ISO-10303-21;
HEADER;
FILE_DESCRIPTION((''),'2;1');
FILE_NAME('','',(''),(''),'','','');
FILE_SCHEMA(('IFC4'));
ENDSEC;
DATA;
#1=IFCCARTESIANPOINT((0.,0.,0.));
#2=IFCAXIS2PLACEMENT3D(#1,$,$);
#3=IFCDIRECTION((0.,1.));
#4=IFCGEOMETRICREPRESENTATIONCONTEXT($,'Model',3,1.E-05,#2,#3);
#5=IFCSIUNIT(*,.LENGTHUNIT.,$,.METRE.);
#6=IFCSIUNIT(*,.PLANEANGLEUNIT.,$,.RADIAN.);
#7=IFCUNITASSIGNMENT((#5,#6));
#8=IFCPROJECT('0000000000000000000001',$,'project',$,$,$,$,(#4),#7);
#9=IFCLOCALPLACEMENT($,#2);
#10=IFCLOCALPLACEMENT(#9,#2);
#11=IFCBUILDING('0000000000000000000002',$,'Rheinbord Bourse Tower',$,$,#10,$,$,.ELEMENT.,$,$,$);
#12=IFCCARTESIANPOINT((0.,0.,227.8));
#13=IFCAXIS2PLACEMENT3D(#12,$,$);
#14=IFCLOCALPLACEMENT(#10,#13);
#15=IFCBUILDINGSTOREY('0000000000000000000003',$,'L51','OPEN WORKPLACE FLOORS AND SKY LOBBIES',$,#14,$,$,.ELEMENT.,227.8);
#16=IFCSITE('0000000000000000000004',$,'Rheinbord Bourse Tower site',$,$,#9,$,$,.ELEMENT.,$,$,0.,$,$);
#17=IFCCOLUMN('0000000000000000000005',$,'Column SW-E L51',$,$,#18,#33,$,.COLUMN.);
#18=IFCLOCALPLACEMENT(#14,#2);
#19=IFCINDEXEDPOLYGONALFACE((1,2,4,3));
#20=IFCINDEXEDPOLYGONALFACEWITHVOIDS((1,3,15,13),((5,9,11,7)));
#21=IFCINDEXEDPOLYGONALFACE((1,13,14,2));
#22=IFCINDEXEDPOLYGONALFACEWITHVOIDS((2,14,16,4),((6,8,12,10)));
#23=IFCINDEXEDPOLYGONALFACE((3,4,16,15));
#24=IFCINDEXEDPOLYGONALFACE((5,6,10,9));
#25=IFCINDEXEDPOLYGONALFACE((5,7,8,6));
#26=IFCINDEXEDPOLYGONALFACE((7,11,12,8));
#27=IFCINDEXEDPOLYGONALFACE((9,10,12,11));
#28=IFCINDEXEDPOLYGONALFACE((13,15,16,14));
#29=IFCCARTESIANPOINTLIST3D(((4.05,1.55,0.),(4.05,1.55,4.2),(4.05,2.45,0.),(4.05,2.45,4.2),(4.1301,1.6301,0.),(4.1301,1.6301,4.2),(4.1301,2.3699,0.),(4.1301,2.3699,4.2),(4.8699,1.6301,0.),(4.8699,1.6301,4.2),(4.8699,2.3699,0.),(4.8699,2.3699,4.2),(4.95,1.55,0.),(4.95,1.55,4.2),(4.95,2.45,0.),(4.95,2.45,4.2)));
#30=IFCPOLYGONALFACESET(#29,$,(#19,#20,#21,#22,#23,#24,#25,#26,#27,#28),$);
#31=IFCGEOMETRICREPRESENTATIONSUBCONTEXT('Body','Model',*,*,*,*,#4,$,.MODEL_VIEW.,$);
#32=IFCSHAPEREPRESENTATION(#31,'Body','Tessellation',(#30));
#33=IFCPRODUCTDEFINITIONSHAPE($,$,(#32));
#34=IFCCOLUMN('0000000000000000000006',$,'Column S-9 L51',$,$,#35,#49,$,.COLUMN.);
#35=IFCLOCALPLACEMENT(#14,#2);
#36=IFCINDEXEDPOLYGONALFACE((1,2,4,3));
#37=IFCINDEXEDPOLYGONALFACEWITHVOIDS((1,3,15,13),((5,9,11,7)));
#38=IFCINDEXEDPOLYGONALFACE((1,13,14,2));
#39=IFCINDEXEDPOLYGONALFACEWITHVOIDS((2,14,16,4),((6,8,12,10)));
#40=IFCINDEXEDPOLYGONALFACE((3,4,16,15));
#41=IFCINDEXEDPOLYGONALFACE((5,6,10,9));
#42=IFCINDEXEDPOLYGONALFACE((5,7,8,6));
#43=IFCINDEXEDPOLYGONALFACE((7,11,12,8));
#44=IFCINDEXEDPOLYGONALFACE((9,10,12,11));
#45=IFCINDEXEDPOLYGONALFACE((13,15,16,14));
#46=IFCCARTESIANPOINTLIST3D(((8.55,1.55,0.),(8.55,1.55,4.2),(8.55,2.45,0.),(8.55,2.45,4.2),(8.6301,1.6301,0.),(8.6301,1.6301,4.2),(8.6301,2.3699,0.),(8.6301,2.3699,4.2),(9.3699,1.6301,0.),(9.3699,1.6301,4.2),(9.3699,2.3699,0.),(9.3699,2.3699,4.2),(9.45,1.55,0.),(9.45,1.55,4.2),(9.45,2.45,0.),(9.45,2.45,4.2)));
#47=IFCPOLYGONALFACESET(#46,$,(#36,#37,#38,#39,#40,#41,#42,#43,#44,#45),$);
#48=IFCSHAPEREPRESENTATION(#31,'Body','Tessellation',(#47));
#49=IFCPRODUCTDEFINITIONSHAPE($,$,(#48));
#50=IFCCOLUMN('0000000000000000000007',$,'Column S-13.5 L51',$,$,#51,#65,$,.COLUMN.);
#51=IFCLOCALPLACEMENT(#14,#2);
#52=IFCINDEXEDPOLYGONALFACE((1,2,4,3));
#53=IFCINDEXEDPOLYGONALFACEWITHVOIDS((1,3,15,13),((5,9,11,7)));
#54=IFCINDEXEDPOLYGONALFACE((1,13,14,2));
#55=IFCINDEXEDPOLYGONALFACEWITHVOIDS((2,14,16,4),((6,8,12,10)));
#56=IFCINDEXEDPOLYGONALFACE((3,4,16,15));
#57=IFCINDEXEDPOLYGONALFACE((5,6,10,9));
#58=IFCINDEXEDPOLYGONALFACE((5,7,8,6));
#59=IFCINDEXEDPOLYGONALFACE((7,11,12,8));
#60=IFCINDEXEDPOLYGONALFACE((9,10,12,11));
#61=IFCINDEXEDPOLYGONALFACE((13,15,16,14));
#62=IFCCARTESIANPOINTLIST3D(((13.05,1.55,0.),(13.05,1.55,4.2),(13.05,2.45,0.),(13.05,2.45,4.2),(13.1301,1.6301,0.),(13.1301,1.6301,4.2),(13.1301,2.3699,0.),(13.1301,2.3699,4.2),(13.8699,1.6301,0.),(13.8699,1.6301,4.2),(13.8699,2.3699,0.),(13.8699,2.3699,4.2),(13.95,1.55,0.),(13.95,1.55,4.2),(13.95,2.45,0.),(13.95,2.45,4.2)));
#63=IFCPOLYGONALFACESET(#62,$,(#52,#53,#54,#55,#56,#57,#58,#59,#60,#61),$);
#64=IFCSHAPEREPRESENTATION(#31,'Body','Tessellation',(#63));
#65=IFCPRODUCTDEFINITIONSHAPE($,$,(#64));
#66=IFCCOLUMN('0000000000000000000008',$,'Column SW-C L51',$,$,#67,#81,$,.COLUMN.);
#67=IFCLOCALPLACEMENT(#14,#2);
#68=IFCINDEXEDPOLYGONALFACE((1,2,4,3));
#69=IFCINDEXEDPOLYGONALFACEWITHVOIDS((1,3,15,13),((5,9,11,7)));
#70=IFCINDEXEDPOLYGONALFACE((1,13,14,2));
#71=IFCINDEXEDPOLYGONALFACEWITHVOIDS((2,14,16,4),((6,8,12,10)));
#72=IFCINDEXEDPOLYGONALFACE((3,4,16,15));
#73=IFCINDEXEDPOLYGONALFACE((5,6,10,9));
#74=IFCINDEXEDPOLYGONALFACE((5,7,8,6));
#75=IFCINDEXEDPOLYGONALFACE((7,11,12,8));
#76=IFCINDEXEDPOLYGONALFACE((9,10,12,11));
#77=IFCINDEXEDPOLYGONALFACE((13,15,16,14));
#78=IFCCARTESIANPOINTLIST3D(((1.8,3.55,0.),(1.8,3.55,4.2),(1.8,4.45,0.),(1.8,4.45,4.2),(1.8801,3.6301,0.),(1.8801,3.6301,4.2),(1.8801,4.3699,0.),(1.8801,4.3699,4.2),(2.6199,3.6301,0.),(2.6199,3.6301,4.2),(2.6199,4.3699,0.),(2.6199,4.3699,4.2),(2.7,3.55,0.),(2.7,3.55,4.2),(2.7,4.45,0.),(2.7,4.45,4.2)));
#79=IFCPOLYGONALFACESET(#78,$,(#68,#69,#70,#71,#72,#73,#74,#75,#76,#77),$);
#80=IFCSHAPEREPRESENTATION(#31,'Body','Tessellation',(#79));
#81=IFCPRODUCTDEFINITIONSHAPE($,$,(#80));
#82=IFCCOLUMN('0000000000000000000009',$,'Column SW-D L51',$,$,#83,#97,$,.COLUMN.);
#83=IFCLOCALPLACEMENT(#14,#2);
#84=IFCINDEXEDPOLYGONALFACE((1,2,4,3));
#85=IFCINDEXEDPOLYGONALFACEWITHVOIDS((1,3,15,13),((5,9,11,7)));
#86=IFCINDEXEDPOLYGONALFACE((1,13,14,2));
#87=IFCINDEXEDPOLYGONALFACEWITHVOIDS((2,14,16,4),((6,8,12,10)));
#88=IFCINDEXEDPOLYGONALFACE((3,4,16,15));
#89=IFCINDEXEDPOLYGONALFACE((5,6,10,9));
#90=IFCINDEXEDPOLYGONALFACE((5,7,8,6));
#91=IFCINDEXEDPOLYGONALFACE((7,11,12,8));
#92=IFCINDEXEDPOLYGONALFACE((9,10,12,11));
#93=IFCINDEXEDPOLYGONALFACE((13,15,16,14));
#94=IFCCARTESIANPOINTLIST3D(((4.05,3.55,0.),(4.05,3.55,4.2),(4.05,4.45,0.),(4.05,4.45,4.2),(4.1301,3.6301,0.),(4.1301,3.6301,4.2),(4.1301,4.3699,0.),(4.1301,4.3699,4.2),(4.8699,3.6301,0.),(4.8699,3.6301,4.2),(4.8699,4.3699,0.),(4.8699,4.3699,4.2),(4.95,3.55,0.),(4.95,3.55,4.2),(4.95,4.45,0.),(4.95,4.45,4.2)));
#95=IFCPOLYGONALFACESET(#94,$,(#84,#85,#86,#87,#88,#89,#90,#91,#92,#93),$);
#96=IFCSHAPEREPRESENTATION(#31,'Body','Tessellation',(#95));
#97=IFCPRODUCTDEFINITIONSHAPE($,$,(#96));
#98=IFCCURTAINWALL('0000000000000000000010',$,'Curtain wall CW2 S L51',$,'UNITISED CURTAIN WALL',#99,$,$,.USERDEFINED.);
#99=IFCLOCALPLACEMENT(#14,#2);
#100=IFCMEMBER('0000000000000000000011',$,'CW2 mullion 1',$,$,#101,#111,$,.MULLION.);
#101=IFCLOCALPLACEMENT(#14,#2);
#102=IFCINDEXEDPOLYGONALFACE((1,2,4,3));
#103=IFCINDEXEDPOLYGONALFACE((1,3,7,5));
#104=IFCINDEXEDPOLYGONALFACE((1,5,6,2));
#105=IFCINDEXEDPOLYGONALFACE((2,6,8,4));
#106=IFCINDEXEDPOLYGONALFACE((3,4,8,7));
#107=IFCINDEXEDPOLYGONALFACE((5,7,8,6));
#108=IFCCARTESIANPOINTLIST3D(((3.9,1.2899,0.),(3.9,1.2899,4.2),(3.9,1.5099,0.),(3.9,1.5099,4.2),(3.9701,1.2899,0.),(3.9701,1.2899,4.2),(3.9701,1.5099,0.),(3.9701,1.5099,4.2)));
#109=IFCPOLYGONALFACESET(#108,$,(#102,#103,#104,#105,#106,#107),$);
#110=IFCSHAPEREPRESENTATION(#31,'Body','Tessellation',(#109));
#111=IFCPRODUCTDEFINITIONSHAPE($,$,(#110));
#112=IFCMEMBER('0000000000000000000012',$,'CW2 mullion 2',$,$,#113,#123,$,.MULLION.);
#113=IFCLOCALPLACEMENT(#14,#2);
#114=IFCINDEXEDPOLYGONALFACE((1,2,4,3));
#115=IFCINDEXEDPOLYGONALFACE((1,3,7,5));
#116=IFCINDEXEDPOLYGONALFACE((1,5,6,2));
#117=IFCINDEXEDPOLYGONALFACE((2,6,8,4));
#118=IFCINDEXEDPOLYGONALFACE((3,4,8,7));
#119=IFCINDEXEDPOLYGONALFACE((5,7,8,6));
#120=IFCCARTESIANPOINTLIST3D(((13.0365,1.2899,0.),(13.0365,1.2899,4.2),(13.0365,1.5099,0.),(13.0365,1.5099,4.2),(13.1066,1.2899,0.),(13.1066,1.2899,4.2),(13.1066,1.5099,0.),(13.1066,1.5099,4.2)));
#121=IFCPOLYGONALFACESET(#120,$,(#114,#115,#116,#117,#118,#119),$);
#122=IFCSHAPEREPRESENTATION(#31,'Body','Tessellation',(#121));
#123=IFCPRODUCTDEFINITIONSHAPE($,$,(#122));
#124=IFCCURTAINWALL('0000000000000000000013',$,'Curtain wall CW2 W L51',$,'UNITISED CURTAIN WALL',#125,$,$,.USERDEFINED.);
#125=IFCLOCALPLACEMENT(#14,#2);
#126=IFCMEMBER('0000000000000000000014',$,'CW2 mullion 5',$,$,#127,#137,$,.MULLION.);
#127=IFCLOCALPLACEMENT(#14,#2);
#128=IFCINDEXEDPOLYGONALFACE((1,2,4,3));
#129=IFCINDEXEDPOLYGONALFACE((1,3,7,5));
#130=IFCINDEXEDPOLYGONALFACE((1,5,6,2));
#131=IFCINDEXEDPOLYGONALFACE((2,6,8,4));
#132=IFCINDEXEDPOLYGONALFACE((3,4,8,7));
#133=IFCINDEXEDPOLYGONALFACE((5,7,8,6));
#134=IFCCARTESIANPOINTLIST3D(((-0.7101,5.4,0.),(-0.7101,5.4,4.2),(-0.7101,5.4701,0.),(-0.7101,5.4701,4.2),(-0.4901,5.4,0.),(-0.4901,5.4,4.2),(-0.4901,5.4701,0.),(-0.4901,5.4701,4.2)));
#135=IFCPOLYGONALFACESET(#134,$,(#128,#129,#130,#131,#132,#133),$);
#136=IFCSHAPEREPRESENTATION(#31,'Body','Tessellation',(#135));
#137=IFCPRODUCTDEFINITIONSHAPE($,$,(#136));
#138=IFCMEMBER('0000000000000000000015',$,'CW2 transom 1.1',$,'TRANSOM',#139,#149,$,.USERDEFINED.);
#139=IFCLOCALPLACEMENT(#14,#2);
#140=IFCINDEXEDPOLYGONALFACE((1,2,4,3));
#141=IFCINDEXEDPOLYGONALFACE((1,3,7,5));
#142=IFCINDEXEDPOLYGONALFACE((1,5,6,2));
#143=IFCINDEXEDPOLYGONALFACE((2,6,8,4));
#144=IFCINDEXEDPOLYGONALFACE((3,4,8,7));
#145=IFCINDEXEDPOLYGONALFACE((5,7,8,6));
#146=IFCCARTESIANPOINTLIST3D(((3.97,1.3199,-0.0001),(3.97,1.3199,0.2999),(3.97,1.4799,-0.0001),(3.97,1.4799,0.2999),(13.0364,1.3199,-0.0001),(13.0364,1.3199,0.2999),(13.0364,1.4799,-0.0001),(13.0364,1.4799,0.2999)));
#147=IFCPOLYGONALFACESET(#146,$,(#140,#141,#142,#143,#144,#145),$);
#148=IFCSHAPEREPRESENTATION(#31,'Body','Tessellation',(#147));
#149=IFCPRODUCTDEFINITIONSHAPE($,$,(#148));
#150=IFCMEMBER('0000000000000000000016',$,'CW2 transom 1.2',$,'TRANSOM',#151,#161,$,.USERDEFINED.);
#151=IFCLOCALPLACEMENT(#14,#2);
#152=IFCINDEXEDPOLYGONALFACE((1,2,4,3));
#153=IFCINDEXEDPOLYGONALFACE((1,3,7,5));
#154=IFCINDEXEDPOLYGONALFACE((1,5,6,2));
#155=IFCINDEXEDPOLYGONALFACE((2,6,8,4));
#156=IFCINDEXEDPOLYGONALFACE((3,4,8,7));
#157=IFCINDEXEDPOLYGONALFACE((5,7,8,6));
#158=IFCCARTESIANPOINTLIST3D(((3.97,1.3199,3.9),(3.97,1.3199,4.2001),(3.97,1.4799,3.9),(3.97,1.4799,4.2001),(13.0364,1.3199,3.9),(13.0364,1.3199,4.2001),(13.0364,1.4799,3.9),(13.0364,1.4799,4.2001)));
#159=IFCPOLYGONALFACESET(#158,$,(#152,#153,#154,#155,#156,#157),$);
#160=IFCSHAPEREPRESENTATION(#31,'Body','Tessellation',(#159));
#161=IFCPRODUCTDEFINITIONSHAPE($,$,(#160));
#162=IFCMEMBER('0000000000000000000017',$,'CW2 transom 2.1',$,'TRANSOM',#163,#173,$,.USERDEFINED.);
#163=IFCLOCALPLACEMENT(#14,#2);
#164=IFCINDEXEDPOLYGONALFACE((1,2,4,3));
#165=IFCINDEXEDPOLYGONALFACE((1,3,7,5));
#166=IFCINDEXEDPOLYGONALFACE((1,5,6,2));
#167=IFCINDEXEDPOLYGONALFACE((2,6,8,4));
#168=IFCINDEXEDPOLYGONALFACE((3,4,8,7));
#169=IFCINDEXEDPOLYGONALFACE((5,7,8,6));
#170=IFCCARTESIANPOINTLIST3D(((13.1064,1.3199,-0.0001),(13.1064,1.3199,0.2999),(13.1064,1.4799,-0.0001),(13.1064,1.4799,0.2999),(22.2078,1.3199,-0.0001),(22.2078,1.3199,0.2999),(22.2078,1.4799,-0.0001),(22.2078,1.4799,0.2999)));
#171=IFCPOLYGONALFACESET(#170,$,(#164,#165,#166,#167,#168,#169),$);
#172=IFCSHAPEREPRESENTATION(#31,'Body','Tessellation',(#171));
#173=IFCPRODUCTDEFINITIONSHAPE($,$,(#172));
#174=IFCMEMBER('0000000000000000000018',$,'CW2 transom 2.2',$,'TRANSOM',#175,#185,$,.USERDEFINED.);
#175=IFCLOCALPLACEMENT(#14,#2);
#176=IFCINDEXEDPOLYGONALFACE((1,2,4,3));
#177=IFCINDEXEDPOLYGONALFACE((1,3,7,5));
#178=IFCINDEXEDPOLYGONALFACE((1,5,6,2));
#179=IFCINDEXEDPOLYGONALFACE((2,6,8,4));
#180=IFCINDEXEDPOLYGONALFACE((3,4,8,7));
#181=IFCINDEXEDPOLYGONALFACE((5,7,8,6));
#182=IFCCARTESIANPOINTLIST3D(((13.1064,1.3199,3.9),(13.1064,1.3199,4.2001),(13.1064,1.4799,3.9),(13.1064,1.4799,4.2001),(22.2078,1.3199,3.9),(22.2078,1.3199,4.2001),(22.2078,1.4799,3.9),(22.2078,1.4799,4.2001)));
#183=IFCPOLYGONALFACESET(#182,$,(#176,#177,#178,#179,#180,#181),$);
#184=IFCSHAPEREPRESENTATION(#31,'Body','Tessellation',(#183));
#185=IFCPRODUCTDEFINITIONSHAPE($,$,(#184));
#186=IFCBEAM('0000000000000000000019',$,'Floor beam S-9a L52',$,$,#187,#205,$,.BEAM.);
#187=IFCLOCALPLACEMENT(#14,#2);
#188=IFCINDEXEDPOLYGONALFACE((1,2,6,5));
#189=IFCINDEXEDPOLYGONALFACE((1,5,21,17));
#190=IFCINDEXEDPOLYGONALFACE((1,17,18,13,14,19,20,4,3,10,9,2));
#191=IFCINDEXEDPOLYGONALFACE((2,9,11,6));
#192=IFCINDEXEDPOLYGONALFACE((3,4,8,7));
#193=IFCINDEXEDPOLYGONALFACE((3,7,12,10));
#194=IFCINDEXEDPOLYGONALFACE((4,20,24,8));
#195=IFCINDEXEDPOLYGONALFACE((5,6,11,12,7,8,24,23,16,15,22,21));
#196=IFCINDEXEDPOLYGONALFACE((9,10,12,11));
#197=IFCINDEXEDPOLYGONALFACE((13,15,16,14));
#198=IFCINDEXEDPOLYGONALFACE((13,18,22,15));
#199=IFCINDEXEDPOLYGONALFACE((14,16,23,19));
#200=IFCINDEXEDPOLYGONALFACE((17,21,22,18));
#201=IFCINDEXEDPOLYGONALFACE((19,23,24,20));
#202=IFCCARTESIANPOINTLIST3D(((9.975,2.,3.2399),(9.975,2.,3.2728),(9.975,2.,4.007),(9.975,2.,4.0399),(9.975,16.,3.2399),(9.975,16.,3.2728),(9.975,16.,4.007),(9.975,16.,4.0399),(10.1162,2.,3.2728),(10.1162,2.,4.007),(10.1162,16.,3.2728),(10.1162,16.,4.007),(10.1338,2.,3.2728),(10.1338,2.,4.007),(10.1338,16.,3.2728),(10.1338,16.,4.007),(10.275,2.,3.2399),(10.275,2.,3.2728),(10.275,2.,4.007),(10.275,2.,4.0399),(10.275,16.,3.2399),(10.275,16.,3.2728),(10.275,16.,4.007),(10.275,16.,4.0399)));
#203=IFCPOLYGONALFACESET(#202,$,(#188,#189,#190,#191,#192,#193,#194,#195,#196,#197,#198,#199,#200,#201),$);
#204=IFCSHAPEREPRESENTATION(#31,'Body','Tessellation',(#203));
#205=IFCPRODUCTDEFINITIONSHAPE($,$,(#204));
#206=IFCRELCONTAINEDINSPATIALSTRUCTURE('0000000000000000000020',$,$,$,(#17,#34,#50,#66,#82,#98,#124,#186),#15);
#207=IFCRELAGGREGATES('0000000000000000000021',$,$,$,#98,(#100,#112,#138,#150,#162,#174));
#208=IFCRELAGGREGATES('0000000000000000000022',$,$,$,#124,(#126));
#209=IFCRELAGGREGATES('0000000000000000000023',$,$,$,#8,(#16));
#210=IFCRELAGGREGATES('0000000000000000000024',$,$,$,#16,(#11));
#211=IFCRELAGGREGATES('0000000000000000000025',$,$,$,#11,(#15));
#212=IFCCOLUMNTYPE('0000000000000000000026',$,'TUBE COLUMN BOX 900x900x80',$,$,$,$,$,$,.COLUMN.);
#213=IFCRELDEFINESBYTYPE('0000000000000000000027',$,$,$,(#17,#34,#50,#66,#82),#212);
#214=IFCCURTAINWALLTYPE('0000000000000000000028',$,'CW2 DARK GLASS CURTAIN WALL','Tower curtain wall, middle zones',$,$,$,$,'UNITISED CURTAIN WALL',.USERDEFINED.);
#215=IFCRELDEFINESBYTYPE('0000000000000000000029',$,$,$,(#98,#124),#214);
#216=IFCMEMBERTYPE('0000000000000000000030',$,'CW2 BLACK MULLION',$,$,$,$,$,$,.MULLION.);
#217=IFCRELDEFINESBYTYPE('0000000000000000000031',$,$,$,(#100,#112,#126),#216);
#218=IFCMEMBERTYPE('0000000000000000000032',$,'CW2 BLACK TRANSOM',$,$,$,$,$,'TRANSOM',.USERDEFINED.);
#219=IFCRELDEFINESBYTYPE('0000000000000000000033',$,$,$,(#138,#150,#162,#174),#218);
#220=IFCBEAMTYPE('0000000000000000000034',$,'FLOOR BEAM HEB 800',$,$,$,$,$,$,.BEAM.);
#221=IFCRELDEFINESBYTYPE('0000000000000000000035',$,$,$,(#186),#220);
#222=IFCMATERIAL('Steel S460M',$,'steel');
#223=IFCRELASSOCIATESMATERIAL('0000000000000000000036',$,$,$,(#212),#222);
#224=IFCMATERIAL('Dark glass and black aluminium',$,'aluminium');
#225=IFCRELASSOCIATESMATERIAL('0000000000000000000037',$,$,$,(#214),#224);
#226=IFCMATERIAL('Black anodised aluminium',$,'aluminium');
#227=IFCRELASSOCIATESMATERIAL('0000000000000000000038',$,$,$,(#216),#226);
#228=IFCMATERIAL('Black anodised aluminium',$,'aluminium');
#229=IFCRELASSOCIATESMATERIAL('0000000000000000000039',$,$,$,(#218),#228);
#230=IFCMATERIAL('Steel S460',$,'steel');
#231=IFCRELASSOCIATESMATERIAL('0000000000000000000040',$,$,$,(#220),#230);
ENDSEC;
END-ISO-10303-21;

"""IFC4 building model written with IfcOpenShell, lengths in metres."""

from ifc_helpers import new_model, si_unit, direction, frame, origin, origin_2d, place, context, subcontext, project, spatial, rectangle, hollow_rectangle, i_section, extrude, material, material_profile, profile_set, type_object, element, aggregate, save


model = new_model("IFC4")

# Units and contexts
model_context = context("Model", 3, precision=1e-05, world=origin(), true_north=direction((0.0, 1.0)))
body_context = subcontext(model_context, "Body", "Model", "MODEL_VIEW")
ifc_project = project(units=[si_unit("LENGTHUNIT", "METRE"), si_unit("PLANEANGLEUNIT", "RADIAN")], contexts=[model_context])

# Site, building, storey
site_placement = place(None, origin())
site = spatial("IfcSite", under=ifc_project, at=site_placement, Name="Rheinbord Bourse Tower site", CompositionType="ELEMENT", RefElevation=0.0)
building_placement = place(site_placement, origin())
building = spatial("IfcBuilding", under=site, at=building_placement, Name="Rheinbord Bourse Tower", CompositionType="ELEMENT")
storey_placement = place(building_placement, frame((0.0, 0.0, 227.8)))
storey = spatial("IfcBuildingStorey", under=building, at=storey_placement, Name="L51", Description="OPEN WORKPLACE FLOORS AND SKY LOBBIES", CompositionType="ELEMENT", Elevation=227.8)

# Columns
ifc_material_1 = material(Name="Steel S460M", Category="steel")
ifc_material_profile_1 = material_profile(ifc_material_1, hollow_rectangle(XDim=0.8999, YDim=0.8999, WallThickness=0.0801, at=origin_2d()), Name="BOX 900x900x80")
ifc_profile_set_1 = profile_set([ifc_material_profile_1], Name="Steel S460M")
column_type = type_object("IfcColumnType", Name="TUBE COLUMN BOX 900x900x80", PredefinedType="COLUMN", material=ifc_profile_set_1)
for number, where, z_axis, x_axis, name in (
    (1, (4.5, 2.0, 0.0), (0.0, 0.0, 1.0), (0.0, 1.0, 0.0), "Column SW-E L51"),
    (2, (9.0, 2.0, 0.0), (0.0, 0.0, 1.0), (0.0, 1.0, 0.0), "Column S-9 L51"),
    (3, (13.5, 2.0, 0.0), (0.0, 0.0, 1.0), (0.0, 1.0, 0.0), "Column S-13.5 L51"),
    (4, (2.25, 4.0, 0.0), (0.0, 0.0, 1.0), (1.0, 0.0, 0.0), "Column SW-C L51"),
    (5, (4.5, 4.0, 0.0), (0.0, 0.0, 1.0), (0.0, 1.0, 0.0), "Column SW-D L51"),
):
    element("IfcColumn", number, at=place(storey_placement, frame(where, z_axis=z_axis, x_axis=x_axis)), inside=storey, type_object=column_type, Name=name, PredefinedType="COLUMN", context=body_context, shape_type="SweptSolid", body=[
        extrude(hollow_rectangle(XDim=0.8999, YDim=0.8999, WallThickness=0.0801, at=origin_2d()), origin(), (0.0, 0.0, 1.0), 4.2),
    ])

# Curtain wall, members
ifc_material_2 = material(Name="Dark glass and black aluminium", Category="aluminium")
curtain_wall_type = type_object("IfcCurtainWallType", Name="CW2 DARK GLASS CURTAIN WALL", Description="Tower curtain wall, middle zones", ElementType="UNITISED CURTAIN WALL", PredefinedType="USERDEFINED", material=ifc_material_2)
curtain_wall_1_placement = place(storey_placement, origin())
curtain_wall_1 = element("IfcCurtainWall", 6, at=curtain_wall_1_placement, inside=storey, type_object=curtain_wall_type, Name="Curtain wall CW2 S L51", ObjectType="UNITISED CURTAIN WALL", PredefinedType="USERDEFINED")
ifc_material_3 = material(Name="Black anodised aluminium", Category="aluminium")
ifc_material_profile_2 = material_profile(ifc_material_3, rectangle(XDim=0.22, YDim=0.0701, at=origin_2d()), Name="CW2 MULLION 70x220")
ifc_profile_set_2 = profile_set([ifc_material_profile_2], Name="Black anodised aluminium")
member_type_1 = type_object("IfcMemberType", Name="CW2 BLACK MULLION", PredefinedType="MULLION", material=ifc_profile_set_2)
member_1_placement = place(storey_placement, frame((3.9351, 1.3999, 0.0), z_axis=(0.0, 0.0, 1.0), x_axis=(0.0, 1.0, 0.0)))
member_1 = element("IfcMember", 7, at=member_1_placement, type_object=member_type_1, Name="CW2 mullion 1", PredefinedType="MULLION", context=body_context, shape_type="SweptSolid", body=[
    extrude(rectangle(XDim=0.22, YDim=0.0701, at=origin_2d()), origin(), (0.0, 0.0, 1.0), 4.2),
])
member_2_placement = place(storey_placement, frame((13.0715, 1.3999, 0.0), z_axis=(0.0, 0.0, 1.0), x_axis=(0.0, 1.0, 0.0)))
member_2 = element("IfcMember", 8, at=member_2_placement, type_object=member_type_1, Name="CW2 mullion 2", PredefinedType="MULLION", context=body_context, shape_type="SweptSolid", body=[
    extrude(rectangle(XDim=0.22, YDim=0.0701, at=origin_2d()), origin(), (0.0, 0.0, 1.0), 4.2),
])

# Curtain wall, member
curtain_wall_2_placement = place(storey_placement, origin())
curtain_wall_2 = element("IfcCurtainWall", 9, at=curtain_wall_2_placement, inside=storey, type_object=curtain_wall_type, Name="Curtain wall CW2 W L51", ObjectType="UNITISED CURTAIN WALL", PredefinedType="USERDEFINED")
member_3_placement = place(storey_placement, frame((-0.6001, 5.4351, 0.0), z_axis=(0.0, 0.0, 1.0), x_axis=(1.0, 0.0, 0.0)))
member_3 = element("IfcMember", 10, at=member_3_placement, type_object=member_type_1, Name="CW2 mullion 5", PredefinedType="MULLION", context=body_context, shape_type="SweptSolid", body=[
    extrude(rectangle(XDim=0.22, YDim=0.0701, at=origin_2d()), origin(), (0.0, 0.0, 1.0), 4.2),
])

# Members
ifc_material_4 = material(Name="Black anodised aluminium", Category="aluminium")
ifc_material_profile_3 = material_profile(ifc_material_4, rectangle(XDim=0.1599, YDim=0.3, at=origin_2d()), Name="CW2 TRANSOM 300x160")
ifc_profile_set_3 = profile_set([ifc_material_profile_3], Name="Black anodised aluminium")
member_type_2 = type_object("IfcMemberType", Name="CW2 BLACK TRANSOM", ElementType="TRANSOM", PredefinedType="USERDEFINED", material=ifc_profile_set_3)
member_4_placement = place(storey_placement, frame((3.97, 1.3999, 0.1499), z_axis=(1.0, 0.0, 0.0), x_axis=(0.0, 1.0, 0.0)))
member_4 = element("IfcMember", 11, at=member_4_placement, type_object=member_type_2, Name="CW2 transom 1.1", ObjectType="TRANSOM", PredefinedType="USERDEFINED", context=body_context, shape_type="SweptSolid", body=[
    extrude(rectangle(XDim=0.1599, YDim=0.3, at=origin_2d()), origin(), (0.0, 0.0, 1.0), 9.0664),
])
member_5_placement = place(storey_placement, frame((3.97, 1.3999, 4.05), z_axis=(1.0, 0.0, 0.0), x_axis=(0.0, 1.0, 0.0)))
member_5 = element("IfcMember", 12, at=member_5_placement, type_object=member_type_2, Name="CW2 transom 1.2", ObjectType="TRANSOM", PredefinedType="USERDEFINED", context=body_context, shape_type="SweptSolid", body=[
    extrude(rectangle(XDim=0.1599, YDim=0.3, at=origin_2d()), origin(), (0.0, 0.0, 1.0), 9.0664),
])
member_6_placement = place(storey_placement, frame((13.1064, 1.3999, 0.1499), z_axis=(1.0, 0.0, 0.0), x_axis=(0.0, 1.0, 0.0)))
member_6 = element("IfcMember", 13, at=member_6_placement, type_object=member_type_2, Name="CW2 transom 2.1", ObjectType="TRANSOM", PredefinedType="USERDEFINED", context=body_context, shape_type="SweptSolid", body=[
    extrude(rectangle(XDim=0.1599, YDim=0.3, at=origin_2d()), origin(), (0.0, 0.0, 1.0), 9.1013),
])
member_7_placement = place(storey_placement, frame((13.1064, 1.3999, 4.05), z_axis=(1.0, 0.0, 0.0), x_axis=(0.0, 1.0, 0.0)))
member_7 = element("IfcMember", 14, at=member_7_placement, type_object=member_type_2, Name="CW2 transom 2.2", ObjectType="TRANSOM", PredefinedType="USERDEFINED", context=body_context, shape_type="SweptSolid", body=[
    extrude(rectangle(XDim=0.1599, YDim=0.3, at=origin_2d()), origin(), (0.0, 0.0, 1.0), 9.1013),
])

# Beam
ifc_material_5 = material(Name="Steel S460", Category="steel")
ifc_material_profile_4 = material_profile(ifc_material_5, i_section(OverallWidth=0.3, OverallDepth=0.8, WebThickness=0.0176, FlangeThickness=0.033, at=origin_2d()), Name="HEB 800")
ifc_profile_set_4 = profile_set([ifc_material_profile_4], Name="Steel S460")
beam_type_1 = type_object("IfcBeamType", Name="FLOOR BEAM HEB 800", PredefinedType="BEAM", material=ifc_profile_set_4)
for number, where, z_axis, x_axis, name in (
    (15, (10.125, 2.0, 3.6399), (0.0, 1.0, 0.0), (-1.0, 0.0, 0.0), "Floor beam S-9a L52"),
):
    element("IfcBeam", number, at=place(storey_placement, frame(where, z_axis=z_axis, x_axis=x_axis)), inside=storey, type_object=beam_type_1, Name=name, PredefinedType="BEAM", context=body_context, shape_type="SweptSolid", body=[
        extrude(i_section(OverallWidth=0.3, OverallDepth=0.8, WebThickness=0.0176, FlangeThickness=0.033, at=origin_2d()), origin(), (0.0, 0.0, 1.0), 14.0),
    ])

aggregate(curtain_wall_1, [member_1, member_2, member_4, member_5, member_6, member_7])
aggregate(curtain_wall_2, [member_3])

save(model, "model.ifc")
